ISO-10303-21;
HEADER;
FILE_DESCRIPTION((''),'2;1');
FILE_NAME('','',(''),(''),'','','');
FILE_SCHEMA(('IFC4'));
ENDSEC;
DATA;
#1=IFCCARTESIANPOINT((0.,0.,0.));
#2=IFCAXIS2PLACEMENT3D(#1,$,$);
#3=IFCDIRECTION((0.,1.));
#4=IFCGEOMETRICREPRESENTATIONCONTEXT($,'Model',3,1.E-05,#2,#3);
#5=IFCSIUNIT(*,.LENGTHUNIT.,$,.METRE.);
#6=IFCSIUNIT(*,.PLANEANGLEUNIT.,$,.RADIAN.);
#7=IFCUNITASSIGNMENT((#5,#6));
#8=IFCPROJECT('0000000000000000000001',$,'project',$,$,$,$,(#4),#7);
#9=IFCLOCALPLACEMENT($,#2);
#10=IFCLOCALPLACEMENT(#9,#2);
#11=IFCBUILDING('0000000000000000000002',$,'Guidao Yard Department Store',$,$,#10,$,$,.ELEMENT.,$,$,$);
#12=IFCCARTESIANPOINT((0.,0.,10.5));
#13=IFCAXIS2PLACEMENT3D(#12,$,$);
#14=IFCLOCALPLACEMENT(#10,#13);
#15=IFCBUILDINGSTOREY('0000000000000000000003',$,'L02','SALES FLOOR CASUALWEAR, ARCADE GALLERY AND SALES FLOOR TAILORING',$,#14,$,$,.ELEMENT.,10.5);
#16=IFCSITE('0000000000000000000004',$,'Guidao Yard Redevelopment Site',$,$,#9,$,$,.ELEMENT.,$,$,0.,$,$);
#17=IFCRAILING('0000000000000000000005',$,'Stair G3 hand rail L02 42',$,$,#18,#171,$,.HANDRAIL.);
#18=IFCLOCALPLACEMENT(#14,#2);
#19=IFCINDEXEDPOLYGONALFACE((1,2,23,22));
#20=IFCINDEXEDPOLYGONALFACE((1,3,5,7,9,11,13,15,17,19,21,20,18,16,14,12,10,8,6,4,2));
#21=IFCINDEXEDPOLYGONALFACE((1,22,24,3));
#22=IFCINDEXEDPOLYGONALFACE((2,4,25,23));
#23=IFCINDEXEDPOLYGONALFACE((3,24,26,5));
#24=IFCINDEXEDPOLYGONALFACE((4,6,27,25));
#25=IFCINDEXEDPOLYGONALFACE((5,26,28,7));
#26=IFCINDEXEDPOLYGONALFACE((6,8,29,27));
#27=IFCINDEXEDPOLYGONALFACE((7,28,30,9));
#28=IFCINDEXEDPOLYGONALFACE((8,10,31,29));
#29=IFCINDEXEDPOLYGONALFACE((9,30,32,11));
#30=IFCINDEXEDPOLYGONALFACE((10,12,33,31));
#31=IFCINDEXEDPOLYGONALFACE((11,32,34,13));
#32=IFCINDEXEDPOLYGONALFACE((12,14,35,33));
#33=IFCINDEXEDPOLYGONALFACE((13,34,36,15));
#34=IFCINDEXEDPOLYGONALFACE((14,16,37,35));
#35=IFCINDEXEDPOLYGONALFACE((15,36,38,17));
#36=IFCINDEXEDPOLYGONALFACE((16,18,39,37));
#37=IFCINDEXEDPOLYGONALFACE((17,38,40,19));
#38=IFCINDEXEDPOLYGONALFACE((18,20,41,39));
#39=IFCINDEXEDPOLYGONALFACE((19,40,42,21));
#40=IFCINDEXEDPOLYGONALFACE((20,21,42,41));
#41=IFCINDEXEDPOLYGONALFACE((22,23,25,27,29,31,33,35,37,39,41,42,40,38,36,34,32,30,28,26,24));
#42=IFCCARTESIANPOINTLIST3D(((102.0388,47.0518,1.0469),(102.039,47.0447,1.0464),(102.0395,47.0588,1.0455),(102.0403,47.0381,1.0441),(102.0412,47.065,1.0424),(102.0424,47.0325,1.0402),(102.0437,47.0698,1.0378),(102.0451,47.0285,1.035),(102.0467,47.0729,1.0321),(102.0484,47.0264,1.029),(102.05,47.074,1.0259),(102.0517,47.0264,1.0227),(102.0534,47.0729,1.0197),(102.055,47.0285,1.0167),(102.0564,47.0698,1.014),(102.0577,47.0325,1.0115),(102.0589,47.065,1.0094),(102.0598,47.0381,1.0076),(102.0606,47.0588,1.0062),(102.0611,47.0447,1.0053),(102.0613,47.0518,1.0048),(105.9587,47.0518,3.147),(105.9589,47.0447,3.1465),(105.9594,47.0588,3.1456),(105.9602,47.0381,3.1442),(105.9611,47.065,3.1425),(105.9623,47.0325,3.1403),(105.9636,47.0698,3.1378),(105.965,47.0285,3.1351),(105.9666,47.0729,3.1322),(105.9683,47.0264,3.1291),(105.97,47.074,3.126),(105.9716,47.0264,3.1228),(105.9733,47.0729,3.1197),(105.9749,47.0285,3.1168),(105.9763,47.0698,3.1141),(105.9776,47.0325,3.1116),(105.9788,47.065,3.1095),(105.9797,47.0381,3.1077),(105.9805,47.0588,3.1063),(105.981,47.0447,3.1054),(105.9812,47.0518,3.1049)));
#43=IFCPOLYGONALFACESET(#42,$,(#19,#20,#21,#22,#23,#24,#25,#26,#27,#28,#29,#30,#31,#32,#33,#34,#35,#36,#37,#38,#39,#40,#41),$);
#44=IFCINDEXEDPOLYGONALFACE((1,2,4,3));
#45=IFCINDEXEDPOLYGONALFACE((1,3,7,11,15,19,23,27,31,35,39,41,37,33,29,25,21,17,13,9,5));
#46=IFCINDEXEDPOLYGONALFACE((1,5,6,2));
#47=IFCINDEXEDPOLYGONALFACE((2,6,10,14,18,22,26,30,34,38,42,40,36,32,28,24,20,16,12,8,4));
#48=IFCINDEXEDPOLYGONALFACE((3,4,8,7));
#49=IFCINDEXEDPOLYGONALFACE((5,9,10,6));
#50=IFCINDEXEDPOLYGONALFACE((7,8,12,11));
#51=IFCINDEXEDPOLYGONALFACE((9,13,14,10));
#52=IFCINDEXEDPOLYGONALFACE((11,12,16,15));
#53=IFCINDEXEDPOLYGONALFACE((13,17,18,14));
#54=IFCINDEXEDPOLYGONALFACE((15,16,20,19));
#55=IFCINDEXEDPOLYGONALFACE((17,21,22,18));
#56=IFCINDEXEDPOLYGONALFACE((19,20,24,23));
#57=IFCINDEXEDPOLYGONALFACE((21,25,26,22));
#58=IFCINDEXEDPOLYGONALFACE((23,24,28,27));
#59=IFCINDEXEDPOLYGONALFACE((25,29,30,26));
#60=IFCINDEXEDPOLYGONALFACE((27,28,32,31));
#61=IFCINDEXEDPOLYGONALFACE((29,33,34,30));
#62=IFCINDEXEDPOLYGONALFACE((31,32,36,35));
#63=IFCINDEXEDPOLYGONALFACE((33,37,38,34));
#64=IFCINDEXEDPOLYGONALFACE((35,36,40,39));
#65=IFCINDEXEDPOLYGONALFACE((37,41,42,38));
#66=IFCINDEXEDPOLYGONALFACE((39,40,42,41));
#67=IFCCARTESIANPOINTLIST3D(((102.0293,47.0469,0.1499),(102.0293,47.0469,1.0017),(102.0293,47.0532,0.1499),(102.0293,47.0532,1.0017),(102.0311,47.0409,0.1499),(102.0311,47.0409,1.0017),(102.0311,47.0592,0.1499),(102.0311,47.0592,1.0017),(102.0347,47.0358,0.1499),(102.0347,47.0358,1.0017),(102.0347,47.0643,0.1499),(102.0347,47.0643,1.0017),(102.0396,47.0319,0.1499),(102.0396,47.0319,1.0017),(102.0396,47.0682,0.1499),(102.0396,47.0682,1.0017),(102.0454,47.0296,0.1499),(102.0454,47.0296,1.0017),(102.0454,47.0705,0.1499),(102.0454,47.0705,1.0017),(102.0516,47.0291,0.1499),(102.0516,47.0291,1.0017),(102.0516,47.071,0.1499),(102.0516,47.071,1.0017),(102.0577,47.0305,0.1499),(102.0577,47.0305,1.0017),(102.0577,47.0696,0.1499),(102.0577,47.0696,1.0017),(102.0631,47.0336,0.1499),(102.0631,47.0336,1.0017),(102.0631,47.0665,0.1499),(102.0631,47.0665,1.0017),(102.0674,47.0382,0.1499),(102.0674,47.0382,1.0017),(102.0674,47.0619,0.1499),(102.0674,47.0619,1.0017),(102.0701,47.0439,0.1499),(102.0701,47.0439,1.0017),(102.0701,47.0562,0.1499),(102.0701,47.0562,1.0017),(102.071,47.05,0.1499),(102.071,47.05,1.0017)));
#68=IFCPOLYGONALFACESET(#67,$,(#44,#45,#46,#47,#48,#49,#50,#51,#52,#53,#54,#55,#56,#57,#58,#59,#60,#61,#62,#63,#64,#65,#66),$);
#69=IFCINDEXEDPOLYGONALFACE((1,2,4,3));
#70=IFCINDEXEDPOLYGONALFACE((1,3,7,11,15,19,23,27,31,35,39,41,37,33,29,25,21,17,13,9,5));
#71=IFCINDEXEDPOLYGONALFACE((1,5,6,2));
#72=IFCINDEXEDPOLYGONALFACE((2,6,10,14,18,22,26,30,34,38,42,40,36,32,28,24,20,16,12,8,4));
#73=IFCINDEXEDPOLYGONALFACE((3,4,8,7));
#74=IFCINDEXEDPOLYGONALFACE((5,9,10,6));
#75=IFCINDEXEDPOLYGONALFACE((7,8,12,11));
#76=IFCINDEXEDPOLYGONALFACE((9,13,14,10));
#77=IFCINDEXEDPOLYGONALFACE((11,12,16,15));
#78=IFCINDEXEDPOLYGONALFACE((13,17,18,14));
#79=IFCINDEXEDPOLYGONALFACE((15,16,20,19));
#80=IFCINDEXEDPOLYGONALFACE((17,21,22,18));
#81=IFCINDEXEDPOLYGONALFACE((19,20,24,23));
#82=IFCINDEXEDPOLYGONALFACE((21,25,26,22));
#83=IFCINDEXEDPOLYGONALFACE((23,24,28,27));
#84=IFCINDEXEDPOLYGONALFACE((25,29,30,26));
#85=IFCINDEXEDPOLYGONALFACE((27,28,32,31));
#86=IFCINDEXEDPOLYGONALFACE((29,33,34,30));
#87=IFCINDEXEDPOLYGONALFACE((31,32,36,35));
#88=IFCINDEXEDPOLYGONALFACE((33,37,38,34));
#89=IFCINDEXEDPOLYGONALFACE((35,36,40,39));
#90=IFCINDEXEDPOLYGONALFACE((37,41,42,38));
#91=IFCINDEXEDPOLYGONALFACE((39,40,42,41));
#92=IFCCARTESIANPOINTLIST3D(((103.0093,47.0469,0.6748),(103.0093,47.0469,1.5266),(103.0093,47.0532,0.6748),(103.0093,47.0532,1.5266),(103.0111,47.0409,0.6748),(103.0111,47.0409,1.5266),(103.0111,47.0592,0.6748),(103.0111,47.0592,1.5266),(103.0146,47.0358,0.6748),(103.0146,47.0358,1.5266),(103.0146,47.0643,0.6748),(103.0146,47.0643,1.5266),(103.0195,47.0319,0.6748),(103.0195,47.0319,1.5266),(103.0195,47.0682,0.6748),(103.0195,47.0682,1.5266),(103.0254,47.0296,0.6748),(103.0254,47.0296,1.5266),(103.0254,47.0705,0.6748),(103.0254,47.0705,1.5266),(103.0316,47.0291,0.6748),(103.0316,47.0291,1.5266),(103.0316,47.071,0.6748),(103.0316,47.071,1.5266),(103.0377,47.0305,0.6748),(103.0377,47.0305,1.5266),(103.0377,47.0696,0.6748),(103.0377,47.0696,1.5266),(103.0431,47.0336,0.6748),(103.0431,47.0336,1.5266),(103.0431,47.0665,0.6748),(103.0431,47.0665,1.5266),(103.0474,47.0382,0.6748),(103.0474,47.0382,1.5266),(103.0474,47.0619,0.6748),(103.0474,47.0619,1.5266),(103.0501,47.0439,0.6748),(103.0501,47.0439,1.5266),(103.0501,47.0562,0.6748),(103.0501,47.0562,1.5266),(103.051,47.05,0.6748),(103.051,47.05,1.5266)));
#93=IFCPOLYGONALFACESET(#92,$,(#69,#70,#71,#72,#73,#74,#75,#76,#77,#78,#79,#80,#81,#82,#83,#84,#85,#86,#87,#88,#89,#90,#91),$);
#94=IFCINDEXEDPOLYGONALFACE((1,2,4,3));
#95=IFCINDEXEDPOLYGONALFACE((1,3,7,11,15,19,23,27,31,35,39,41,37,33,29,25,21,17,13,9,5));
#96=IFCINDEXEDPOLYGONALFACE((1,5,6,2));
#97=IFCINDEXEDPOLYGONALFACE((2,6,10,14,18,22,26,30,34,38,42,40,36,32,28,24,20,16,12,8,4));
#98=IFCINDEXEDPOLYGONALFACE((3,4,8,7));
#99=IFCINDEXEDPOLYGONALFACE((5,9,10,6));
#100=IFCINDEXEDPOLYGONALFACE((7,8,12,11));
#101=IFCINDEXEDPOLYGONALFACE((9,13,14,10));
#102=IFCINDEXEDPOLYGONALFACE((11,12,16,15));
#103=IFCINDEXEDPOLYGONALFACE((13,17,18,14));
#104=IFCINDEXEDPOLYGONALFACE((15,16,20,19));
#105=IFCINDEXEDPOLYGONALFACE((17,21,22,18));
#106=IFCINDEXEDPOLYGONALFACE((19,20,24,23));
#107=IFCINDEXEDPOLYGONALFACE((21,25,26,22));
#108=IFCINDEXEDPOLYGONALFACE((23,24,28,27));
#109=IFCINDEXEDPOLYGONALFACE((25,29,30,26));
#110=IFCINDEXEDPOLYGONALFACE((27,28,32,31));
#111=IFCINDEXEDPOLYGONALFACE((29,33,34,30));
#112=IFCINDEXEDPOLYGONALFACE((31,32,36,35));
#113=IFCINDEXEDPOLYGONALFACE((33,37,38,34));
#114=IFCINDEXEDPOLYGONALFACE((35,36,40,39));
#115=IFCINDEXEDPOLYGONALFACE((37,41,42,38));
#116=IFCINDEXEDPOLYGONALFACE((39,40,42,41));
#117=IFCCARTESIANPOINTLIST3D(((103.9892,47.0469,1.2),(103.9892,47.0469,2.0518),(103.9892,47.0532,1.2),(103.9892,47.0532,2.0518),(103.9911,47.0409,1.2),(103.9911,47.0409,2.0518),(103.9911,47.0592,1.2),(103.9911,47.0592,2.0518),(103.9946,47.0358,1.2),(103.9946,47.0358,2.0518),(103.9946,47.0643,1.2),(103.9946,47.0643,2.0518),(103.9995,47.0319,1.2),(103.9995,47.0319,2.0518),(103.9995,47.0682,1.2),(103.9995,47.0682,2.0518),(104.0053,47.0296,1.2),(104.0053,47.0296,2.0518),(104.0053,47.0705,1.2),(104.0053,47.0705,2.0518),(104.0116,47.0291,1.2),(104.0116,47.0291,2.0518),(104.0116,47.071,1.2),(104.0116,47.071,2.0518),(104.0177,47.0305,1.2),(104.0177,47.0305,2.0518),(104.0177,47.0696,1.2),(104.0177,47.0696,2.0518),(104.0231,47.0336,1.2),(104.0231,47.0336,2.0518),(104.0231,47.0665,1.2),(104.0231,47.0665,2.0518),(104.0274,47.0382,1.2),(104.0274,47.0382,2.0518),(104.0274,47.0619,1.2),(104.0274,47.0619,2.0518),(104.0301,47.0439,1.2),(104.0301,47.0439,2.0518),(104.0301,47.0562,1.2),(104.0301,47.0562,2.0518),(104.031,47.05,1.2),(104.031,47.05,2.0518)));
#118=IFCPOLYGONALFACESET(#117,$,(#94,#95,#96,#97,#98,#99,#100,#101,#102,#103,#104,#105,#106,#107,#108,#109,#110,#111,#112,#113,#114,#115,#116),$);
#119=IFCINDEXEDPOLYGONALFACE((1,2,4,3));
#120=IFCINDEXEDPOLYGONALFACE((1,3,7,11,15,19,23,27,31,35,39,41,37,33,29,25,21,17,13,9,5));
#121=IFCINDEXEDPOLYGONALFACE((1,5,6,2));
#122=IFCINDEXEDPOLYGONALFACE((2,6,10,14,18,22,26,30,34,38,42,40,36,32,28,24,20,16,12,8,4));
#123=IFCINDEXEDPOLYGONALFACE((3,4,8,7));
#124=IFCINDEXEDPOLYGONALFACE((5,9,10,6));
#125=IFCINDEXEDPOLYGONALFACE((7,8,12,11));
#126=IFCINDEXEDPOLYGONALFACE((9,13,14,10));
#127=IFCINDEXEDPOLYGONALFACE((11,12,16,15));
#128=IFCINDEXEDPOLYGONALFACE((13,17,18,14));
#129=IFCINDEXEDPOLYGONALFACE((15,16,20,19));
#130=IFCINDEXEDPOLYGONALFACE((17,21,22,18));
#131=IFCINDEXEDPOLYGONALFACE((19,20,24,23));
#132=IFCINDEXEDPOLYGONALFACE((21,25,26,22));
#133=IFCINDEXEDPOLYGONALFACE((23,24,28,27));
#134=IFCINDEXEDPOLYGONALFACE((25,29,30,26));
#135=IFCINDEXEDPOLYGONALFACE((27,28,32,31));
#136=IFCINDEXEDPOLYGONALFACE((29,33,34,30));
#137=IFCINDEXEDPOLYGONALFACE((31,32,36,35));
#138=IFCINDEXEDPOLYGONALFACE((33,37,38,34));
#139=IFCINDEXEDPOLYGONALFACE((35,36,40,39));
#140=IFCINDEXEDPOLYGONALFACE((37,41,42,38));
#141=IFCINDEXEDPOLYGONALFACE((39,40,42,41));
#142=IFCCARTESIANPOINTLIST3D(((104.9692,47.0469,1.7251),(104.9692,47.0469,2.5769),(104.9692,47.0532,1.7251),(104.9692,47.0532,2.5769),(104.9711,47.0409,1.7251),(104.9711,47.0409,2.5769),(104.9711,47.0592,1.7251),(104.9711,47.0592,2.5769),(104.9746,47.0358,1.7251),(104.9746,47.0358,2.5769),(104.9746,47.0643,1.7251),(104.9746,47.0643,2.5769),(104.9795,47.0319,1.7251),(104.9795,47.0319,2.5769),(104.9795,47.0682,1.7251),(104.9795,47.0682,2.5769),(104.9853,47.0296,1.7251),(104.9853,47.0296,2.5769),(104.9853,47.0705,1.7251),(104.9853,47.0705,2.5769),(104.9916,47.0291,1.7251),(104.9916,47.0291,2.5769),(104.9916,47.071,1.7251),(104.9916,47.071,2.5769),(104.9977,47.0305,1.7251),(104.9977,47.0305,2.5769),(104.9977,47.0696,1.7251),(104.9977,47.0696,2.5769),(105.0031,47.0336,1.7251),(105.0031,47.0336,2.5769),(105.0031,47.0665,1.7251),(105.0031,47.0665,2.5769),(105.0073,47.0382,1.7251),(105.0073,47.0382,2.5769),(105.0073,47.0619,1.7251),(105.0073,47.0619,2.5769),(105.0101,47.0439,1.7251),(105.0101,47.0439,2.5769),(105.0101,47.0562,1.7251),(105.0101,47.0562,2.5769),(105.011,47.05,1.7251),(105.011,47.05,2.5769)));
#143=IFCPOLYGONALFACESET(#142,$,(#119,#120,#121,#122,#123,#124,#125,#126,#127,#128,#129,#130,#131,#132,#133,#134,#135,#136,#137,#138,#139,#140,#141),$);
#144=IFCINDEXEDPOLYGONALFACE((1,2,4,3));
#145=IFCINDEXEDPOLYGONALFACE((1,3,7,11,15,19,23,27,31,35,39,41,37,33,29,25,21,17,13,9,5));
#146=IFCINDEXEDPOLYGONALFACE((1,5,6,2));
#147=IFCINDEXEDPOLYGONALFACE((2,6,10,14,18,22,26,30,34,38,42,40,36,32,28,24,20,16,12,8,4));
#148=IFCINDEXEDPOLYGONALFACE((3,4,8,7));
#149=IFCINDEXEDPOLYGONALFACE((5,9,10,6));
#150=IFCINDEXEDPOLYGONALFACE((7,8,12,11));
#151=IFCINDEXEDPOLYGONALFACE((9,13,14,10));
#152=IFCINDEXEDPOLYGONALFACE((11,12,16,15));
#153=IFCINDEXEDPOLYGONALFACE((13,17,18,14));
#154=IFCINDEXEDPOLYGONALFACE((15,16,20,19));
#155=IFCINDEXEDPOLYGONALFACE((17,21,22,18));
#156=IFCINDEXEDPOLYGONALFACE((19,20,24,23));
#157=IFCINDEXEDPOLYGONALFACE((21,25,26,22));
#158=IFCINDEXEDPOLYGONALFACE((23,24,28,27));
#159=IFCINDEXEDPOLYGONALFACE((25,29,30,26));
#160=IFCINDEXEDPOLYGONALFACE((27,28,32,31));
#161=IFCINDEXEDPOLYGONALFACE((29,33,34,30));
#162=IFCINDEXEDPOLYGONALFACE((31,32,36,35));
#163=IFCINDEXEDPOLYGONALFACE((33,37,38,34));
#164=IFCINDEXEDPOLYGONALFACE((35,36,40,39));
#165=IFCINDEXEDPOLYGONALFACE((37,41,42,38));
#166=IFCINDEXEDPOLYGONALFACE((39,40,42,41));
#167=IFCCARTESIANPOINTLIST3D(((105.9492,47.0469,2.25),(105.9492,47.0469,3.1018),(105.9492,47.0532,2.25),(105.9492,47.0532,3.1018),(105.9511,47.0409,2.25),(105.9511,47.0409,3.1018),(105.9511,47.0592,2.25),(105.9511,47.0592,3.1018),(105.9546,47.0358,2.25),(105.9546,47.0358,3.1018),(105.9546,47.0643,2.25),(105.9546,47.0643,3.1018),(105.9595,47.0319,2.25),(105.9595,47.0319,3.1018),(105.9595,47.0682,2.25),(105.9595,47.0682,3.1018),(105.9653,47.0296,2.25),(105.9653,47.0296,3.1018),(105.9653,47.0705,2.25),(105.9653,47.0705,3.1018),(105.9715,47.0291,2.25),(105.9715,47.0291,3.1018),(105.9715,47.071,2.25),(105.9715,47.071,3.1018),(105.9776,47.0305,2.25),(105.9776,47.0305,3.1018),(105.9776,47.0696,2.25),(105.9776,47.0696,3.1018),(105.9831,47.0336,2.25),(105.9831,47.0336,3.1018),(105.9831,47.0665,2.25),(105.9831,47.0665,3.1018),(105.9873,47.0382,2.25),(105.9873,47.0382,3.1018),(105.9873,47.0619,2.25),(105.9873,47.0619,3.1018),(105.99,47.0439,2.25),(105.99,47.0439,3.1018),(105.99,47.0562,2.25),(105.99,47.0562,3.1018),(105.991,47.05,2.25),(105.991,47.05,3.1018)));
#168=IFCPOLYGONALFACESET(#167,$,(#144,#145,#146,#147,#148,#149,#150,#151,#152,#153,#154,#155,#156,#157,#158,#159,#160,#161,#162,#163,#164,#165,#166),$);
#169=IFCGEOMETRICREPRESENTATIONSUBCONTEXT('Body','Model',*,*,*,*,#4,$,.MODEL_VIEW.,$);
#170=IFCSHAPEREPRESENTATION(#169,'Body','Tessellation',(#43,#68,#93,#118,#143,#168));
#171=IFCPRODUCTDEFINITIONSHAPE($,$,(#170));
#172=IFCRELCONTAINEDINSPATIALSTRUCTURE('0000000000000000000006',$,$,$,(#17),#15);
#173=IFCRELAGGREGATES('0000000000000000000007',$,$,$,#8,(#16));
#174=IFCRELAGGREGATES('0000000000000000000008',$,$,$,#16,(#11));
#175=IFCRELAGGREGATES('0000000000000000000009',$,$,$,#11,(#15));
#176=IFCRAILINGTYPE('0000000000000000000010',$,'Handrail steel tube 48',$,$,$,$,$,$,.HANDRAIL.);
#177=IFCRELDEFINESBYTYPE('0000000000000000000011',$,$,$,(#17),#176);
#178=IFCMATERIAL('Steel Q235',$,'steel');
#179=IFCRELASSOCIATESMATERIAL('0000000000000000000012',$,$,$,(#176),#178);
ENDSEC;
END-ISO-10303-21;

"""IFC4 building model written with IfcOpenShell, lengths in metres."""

from ifc_helpers import new_model, si_unit, direction, frame, origin, origin_2d, place, context, subcontext, project, spatial, circle, extrude, material, type_object, element, save


model = new_model("IFC4")

# Units and contexts
model_context = context("Model", 3, precision=1e-05, world=origin(), true_north=direction((0.0, 1.0)))
body_context = subcontext(model_context, "Body", "Model", "MODEL_VIEW")
ifc_project = project(units=[si_unit("LENGTHUNIT", "METRE"), si_unit("PLANEANGLEUNIT", "RADIAN")], contexts=[model_context])

# Site, building, storey
site_placement = place(None, origin())
site = spatial("IfcSite", under=ifc_project, at=site_placement, Name="Guidao Yard Redevelopment Site", CompositionType="ELEMENT", RefElevation=0.0)
building_placement = place(site_placement, origin())
building = spatial("IfcBuilding", under=site, at=building_placement, Name="Guidao Yard Department Store", CompositionType="ELEMENT")
storey_placement = place(building_placement, frame((0.0, 0.0, 10.5)))
storey = spatial("IfcBuildingStorey", under=building, at=storey_placement, Name="L02", Description="SALES FLOOR CASUALWEAR, ARCADE GALLERY AND SALES FLOOR TAILORING", CompositionType="ELEMENT", Elevation=10.5)

# Railing
ifc_material_1 = material(Name="Steel Q235", Category="steel")
railing_type_1 = type_object("IfcRailingType", Name="Handrail steel tube 48", PredefinedType="HANDRAIL", material=ifc_material_1)
for number, where, name in (
    (1, (102.05, 47.05, 0.1499), "Stair G3 hand rail L02 42"),
):
    element("IfcRailing", number, at=place(storey_placement, frame(where)), inside=storey, type_object=railing_type_1, Name=name, PredefinedType="HANDRAIL", context=body_context, shape_type="SweptSolid", body=[
        extrude(circle(Radius=0.0239, at=origin_2d()), frame((0.0, 0.0, 0.876), z_axis=(0.881467, 0.0, 0.472246), x_axis=(0.0, 1.0, 0.0)), (0.0, 0.0, 1.0), 4.447),
        extrude(circle(Radius=0.021, at=origin_2d()), origin(), (0.0, 0.0, 1.0), 0.8518),
        extrude(circle(Radius=0.021, at=origin_2d()), frame((0.98, 0.0, 0.5249)), (0.0, 0.0, 1.0), 0.8518),
        extrude(circle(Radius=0.021, at=origin_2d()), frame((1.96, 0.0, 1.05)), (0.0, 0.0, 1.0), 0.8518),
        extrude(circle(Radius=0.021, at=origin_2d()), frame((2.9399, 0.0, 1.5752)), (0.0, 0.0, 1.0), 0.8518),
        extrude(circle(Radius=0.021, at=origin_2d()), frame((3.9199, 0.0, 2.1001)), (0.0, 0.0, 1.0), 0.8518),
    ])

save(model, "model.ifc")
